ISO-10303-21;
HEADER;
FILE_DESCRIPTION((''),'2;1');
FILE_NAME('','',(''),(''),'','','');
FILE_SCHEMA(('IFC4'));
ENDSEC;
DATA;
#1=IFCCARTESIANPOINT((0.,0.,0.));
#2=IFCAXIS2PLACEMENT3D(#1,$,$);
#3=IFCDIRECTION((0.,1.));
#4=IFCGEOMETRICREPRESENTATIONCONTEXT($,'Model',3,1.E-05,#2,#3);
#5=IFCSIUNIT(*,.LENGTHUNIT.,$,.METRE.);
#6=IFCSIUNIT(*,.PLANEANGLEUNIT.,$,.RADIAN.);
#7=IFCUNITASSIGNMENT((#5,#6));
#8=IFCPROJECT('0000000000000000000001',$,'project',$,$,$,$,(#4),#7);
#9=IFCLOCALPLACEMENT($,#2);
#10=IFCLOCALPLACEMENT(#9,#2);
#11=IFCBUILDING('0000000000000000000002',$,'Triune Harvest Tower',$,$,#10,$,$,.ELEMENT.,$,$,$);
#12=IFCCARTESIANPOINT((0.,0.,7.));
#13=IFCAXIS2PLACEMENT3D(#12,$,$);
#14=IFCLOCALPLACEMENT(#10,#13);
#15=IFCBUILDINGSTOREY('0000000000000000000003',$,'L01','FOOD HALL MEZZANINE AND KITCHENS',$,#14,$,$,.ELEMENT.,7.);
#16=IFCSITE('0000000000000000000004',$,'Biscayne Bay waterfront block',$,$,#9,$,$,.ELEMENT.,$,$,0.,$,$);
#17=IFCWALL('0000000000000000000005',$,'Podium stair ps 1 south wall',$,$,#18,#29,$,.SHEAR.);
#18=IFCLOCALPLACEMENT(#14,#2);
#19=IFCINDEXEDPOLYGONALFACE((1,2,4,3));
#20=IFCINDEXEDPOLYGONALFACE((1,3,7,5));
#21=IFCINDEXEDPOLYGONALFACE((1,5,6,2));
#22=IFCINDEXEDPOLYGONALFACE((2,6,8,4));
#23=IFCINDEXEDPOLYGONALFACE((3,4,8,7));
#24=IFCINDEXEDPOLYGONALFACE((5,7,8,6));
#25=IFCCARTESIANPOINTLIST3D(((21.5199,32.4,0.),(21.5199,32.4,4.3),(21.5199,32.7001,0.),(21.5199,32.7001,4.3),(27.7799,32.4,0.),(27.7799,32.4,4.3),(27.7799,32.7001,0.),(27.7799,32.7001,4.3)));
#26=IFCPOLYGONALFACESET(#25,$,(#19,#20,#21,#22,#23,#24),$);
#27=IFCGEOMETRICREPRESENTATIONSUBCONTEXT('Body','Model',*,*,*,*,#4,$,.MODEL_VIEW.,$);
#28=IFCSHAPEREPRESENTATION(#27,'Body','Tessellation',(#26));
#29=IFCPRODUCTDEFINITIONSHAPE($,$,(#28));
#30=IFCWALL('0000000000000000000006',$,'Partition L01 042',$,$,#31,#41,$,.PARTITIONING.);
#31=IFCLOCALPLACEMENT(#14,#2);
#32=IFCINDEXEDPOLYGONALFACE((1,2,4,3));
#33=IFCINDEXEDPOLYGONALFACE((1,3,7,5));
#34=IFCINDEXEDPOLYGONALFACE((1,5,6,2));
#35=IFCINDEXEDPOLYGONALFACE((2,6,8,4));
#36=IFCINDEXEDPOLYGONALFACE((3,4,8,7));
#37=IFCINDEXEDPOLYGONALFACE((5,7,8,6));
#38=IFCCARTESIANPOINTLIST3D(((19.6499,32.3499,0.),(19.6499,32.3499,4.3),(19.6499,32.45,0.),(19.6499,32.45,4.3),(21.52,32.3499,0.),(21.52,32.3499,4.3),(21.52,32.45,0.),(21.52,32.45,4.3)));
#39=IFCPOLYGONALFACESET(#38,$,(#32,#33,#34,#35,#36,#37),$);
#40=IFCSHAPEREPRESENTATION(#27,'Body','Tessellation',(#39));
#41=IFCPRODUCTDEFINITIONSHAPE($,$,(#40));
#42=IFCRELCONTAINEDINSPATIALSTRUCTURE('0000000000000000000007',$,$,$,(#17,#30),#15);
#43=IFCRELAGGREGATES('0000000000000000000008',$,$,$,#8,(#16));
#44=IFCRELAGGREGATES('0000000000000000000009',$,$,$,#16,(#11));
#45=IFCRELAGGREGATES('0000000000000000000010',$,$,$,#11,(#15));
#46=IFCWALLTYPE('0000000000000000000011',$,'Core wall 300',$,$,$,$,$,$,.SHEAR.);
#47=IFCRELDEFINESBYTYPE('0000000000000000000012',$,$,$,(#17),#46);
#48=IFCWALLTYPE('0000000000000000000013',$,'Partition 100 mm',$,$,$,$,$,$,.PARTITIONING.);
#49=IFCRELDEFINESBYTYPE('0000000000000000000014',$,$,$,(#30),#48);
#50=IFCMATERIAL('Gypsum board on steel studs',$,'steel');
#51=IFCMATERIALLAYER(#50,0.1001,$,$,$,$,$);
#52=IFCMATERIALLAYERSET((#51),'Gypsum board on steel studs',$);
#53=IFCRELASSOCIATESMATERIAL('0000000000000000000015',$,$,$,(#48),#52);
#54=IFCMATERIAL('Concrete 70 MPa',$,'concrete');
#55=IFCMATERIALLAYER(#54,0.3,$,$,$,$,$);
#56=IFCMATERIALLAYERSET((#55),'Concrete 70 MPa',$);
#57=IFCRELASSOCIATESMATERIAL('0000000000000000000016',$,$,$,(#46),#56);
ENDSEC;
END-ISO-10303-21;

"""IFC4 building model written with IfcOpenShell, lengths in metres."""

from ifc_helpers import new_model, si_unit, direction, frame, frame_2d, origin, place, context, subcontext, project, spatial, rectangle, extrude, source, transform, mapped, material, layer, layer_set, type_object, element, save


model = new_model("IFC4")

# Units and contexts
model_context = context("Model", 3, precision=1e-05, world=origin(), true_north=direction((0.0, 1.0)))
body_context = subcontext(model_context, "Body", "Model", "MODEL_VIEW")
ifc_project = project(units=[si_unit("LENGTHUNIT", "METRE"), si_unit("PLANEANGLEUNIT", "RADIAN")], contexts=[model_context])

# Site, building, storey
site_placement = place(None, origin())
site = spatial("IfcSite", under=ifc_project, at=site_placement, Name="Biscayne Bay waterfront block", CompositionType="ELEMENT", RefElevation=0.0)
building_placement = place(site_placement, origin())
building = spatial("IfcBuilding", under=site, at=building_placement, Name="Triune Harvest Tower", CompositionType="ELEMENT")
storey_placement = place(building_placement, frame((0.0, 0.0, 7.0)))
storey = spatial("IfcBuildingStorey", under=building, at=storey_placement, Name="L01", Description="FOOD HALL MEZZANINE AND KITCHENS", CompositionType="ELEMENT", Elevation=7.0)

# Walls
ifc_material_1 = material(Name="Gypsum board on steel studs", Category="steel")
ifc_layer_1 = layer(ifc_material_1, 0.1001)
ifc_layer_set_1 = layer_set([ifc_layer_1], Name="Gypsum board on steel studs")
wall_type_1 = type_object("IfcWallType", Name="Partition 100 mm", PredefinedType="PARTITIONING", material=ifc_layer_set_1)
ifc_material_2 = material(Name="Concrete 70 MPa", Category="concrete")
ifc_layer_2 = layer(ifc_material_2, 0.3)
ifc_layer_set_2 = layer_set([ifc_layer_2], Name="Concrete 70 MPa")
wall_type_2 = type_object("IfcWallType", Name="Core wall 300", PredefinedType="SHEAR", material=ifc_layer_set_2)
shared_shape_1 = source(origin(), body_context, "Body", "SweptSolid", [
    extrude(rectangle(XDim=6.26, YDim=0.3, at=frame_2d((3.1299, 0.0))), origin(), (0.0, 0.0, 1.0), 4.3),
])
wall_1_placement = place(storey_placement, frame((21.52, 32.55, 0.0), z_axis=(0.0, 0.0, 1.0), x_axis=(1.0, 0.0, 0.0)))
element("IfcWall", 1, at=wall_1_placement, inside=storey, type_object=wall_type_2, Name="Podium stair ps 1 south wall", PredefinedType="SHEAR", context=body_context, shape_type="MappedRepresentation", body=[
    mapped(shared_shape_1, transform((0.0, 0.0, 0.0), scale=1.0)),
])
shared_shape_2 = source(origin(), body_context, "Body", "SweptSolid", [
    extrude(rectangle(XDim=1.8701, YDim=0.1001, at=frame_2d((0.9351, 0.0))), origin(), (0.0, 0.0, 1.0), 4.3),
])
wall_2_placement = place(storey_placement, frame((19.6499, 32.3999, 0.0), z_axis=(0.0, 0.0, 1.0), x_axis=(1.0, 0.0, 0.0)))
element("IfcWall", 2, at=wall_2_placement, inside=storey, type_object=wall_type_1, Name="Partition L01 042", PredefinedType="PARTITIONING", context=body_context, shape_type="MappedRepresentation", body=[
    mapped(shared_shape_2, transform((0.0, 0.0, 0.0), scale=1.0)),
])

save(model, "model.ifc")
